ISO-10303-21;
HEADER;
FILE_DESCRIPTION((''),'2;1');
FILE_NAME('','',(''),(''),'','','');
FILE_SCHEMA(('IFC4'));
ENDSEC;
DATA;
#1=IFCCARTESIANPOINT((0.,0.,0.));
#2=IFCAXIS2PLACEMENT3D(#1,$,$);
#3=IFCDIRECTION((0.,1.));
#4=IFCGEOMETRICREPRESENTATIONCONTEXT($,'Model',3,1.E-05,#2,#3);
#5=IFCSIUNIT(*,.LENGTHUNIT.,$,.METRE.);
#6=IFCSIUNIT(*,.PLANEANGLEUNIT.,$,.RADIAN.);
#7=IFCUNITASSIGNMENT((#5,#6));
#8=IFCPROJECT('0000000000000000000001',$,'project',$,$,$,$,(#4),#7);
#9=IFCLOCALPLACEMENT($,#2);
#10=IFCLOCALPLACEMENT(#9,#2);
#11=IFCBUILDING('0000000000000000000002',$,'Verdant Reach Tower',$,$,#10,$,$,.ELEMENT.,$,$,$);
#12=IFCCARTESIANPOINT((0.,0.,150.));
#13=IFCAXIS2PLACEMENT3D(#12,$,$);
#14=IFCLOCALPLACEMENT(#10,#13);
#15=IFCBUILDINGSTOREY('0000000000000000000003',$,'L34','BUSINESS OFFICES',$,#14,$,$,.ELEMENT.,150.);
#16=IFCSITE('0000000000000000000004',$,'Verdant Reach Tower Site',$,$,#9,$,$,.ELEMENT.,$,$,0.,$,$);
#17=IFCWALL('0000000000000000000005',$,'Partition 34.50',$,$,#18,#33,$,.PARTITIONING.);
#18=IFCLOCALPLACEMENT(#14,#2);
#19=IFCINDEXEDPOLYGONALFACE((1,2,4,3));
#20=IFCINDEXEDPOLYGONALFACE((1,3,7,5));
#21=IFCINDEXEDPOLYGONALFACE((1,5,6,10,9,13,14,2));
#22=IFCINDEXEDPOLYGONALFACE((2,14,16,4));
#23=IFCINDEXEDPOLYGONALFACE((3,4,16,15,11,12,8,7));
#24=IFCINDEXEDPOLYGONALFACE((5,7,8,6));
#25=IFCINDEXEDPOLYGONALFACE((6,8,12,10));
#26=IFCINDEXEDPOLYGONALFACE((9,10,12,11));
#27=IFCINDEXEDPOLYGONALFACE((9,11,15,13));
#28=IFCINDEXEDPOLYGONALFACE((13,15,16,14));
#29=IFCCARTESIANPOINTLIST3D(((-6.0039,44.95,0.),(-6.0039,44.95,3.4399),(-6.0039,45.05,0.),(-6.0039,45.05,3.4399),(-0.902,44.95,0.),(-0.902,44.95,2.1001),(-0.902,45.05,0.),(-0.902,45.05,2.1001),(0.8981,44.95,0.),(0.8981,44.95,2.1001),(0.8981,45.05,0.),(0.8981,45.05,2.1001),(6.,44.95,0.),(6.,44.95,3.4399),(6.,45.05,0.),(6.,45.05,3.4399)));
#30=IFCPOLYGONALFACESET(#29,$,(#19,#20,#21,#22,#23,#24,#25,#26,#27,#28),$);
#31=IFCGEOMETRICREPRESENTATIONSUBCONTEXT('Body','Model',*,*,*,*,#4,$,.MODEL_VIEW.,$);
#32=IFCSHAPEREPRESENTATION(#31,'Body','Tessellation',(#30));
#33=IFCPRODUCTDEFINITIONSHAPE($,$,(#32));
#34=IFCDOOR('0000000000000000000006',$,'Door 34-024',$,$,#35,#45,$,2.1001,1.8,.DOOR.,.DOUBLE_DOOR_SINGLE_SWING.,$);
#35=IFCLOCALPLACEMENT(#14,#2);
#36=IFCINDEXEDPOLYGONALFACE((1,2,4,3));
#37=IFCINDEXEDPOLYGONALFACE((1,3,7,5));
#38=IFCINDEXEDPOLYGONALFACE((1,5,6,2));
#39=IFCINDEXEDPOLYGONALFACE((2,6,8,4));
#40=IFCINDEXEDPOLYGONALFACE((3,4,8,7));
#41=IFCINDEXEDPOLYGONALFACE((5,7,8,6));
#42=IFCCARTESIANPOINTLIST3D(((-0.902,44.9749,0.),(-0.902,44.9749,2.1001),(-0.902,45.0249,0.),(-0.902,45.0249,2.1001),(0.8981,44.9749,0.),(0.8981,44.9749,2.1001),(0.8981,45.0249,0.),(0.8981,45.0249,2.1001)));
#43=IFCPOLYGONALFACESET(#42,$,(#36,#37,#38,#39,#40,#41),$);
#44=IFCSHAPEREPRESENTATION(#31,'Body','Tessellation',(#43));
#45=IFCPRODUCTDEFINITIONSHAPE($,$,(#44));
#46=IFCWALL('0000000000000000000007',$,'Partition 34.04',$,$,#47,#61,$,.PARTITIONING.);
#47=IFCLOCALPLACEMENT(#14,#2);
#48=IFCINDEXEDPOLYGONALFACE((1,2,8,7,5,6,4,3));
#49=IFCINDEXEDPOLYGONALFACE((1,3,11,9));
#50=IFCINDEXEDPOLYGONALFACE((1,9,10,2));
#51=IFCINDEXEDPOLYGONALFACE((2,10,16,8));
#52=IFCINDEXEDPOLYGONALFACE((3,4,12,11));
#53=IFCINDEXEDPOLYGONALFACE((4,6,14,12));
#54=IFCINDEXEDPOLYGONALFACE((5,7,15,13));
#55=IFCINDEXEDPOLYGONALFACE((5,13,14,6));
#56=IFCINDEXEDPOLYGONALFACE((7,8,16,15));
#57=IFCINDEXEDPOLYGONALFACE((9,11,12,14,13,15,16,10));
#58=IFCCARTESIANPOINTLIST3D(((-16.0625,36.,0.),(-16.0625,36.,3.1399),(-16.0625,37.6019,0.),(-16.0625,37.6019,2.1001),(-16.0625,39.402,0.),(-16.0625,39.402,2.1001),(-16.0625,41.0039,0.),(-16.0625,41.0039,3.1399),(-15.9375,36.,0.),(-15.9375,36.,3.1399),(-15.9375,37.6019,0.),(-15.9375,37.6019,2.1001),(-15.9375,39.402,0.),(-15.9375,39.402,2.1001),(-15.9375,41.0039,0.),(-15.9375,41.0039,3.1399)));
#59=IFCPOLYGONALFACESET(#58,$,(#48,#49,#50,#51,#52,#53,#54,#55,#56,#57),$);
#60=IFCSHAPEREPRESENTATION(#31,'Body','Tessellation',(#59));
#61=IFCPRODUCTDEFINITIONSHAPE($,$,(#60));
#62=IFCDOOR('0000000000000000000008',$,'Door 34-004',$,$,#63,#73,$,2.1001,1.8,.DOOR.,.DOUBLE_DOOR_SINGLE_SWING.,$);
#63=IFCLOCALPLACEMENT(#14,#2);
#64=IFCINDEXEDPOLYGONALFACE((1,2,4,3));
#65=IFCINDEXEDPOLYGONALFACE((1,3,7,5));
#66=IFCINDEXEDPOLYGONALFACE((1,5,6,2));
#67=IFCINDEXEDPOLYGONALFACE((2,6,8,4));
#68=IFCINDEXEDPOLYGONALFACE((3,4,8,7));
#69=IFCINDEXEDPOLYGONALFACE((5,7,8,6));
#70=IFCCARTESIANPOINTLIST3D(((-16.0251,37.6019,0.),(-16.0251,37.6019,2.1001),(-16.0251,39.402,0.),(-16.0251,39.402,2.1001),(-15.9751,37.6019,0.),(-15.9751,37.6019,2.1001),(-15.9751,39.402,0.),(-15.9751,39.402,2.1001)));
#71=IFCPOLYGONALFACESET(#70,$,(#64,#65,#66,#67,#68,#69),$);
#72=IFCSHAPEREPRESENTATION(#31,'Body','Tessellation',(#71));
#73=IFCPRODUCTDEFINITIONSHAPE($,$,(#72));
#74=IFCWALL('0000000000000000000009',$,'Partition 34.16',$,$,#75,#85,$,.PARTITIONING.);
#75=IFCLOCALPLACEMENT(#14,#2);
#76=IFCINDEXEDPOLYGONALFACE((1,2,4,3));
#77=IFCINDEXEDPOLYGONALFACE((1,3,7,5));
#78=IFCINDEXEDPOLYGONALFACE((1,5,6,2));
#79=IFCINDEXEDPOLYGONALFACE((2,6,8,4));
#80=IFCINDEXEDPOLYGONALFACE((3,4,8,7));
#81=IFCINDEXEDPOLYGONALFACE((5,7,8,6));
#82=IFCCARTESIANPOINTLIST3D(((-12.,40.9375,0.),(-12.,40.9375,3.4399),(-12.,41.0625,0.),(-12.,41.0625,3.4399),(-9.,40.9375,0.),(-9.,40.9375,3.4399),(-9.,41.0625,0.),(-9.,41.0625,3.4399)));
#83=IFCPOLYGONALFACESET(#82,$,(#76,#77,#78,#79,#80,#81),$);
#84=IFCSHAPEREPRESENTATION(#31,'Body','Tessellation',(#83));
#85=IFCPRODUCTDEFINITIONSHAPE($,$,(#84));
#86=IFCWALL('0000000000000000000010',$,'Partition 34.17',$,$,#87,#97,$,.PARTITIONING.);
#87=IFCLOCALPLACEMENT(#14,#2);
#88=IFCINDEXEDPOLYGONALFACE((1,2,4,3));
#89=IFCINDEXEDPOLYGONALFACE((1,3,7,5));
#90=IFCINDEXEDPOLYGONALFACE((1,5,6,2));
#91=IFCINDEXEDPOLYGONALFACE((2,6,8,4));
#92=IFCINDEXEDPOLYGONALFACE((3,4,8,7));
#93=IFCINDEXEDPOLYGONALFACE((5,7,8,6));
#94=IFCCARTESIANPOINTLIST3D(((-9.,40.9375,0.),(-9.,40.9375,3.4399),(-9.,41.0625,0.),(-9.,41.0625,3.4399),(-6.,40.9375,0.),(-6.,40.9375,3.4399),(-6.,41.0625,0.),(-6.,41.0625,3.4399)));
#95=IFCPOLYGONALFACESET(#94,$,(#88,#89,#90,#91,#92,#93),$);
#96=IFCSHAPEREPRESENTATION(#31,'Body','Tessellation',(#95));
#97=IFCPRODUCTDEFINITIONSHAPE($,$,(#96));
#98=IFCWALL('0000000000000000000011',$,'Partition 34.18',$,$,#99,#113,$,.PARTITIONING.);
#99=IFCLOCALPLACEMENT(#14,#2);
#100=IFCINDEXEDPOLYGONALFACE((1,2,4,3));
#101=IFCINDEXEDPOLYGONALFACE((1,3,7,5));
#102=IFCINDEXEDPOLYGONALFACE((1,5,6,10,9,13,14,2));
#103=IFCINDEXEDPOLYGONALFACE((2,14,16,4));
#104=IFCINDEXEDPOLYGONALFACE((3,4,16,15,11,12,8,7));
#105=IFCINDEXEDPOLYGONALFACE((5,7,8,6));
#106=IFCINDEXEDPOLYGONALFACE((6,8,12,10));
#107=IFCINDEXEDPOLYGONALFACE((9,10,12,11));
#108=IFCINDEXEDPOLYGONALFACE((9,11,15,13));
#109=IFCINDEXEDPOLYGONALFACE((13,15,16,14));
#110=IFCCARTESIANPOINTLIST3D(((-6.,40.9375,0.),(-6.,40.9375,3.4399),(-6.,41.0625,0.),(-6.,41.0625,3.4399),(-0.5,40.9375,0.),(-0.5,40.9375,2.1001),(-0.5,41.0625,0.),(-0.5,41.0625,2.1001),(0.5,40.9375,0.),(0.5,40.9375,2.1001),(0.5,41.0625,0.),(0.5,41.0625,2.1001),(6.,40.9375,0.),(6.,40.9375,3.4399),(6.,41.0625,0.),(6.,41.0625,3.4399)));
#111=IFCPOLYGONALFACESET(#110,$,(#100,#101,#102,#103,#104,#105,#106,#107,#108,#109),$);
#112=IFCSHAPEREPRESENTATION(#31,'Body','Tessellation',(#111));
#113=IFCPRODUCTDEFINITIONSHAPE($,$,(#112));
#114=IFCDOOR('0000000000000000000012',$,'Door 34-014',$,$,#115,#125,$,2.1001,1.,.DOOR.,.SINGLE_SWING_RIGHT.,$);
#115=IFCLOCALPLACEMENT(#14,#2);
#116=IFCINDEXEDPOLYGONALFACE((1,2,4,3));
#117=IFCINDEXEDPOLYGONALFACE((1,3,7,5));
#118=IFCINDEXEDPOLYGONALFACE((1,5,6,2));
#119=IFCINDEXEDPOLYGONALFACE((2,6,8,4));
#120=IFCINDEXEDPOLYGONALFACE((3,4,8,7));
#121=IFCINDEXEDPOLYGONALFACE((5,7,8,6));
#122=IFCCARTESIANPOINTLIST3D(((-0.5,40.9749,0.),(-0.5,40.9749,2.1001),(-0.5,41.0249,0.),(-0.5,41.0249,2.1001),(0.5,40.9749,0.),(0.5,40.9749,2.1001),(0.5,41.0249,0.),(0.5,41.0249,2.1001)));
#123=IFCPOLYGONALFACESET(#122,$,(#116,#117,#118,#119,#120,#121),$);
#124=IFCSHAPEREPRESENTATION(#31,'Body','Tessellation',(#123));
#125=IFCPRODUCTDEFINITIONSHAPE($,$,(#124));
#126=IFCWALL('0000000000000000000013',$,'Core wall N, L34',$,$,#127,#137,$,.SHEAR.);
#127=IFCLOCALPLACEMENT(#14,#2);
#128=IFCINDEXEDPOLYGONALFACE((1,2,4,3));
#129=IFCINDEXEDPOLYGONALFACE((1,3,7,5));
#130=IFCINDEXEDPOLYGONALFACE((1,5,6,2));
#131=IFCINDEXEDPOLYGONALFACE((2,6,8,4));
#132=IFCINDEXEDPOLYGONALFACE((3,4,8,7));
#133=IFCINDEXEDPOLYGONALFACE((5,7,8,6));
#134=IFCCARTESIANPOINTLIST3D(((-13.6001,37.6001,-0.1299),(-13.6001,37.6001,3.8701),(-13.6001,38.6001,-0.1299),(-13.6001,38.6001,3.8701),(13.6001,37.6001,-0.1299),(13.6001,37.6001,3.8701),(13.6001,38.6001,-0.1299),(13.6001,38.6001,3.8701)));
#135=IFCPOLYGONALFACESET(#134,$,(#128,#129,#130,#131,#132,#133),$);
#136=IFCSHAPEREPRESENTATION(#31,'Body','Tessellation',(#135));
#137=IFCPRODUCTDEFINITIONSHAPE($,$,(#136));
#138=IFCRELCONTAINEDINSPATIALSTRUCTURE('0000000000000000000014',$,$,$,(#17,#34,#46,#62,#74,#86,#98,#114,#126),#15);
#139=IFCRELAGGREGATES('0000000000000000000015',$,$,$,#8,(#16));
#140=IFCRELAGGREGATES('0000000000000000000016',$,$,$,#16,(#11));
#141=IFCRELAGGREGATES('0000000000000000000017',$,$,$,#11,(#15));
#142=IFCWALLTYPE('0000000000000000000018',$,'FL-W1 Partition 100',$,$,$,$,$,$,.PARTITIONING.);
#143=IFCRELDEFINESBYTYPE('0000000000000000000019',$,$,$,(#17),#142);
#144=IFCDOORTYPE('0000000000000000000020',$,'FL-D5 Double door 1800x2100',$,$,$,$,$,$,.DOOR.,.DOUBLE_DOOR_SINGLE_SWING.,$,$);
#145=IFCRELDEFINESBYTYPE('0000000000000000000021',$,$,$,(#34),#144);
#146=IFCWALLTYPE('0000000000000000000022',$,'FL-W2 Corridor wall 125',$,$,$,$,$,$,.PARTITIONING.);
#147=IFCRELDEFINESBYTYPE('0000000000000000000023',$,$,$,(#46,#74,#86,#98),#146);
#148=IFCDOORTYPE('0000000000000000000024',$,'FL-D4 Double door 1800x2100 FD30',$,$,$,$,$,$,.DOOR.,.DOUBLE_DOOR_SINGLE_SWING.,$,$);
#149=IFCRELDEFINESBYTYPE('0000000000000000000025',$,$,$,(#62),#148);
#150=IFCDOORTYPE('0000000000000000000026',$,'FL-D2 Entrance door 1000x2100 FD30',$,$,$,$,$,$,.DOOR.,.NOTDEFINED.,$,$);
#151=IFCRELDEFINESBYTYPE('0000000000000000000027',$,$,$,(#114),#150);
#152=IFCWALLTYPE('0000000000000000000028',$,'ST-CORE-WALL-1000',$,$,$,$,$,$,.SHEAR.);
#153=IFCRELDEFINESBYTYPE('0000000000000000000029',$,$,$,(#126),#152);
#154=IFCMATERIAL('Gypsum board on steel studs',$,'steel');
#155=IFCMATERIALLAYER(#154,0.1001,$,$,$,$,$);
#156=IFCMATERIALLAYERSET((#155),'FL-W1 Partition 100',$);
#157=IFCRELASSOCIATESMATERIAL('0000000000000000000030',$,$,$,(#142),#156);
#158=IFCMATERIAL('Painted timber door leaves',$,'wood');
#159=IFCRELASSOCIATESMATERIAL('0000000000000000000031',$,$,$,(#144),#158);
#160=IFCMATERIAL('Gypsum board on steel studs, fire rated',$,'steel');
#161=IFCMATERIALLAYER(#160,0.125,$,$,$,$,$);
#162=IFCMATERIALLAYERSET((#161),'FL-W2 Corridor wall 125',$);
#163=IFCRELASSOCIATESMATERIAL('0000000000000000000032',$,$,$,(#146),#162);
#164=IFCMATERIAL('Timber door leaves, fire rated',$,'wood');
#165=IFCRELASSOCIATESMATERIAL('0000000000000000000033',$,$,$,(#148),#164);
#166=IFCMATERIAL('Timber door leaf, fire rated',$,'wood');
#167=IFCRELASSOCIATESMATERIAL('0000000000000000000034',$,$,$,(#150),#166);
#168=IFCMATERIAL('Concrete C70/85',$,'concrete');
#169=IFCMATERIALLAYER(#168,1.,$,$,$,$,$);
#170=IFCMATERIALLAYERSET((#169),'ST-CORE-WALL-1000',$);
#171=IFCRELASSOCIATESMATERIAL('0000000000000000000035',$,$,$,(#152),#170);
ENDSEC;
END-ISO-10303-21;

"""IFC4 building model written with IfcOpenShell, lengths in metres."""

from ifc_helpers import new_model, si_unit, direction, frame, frame_2d, origin, place, context, subcontext, project, spatial, rectangle, extrude, material, layer, layer_set, type_object, element, fill, save


model = new_model("IFC4")

# Units and contexts
model_context = context("Model", 3, precision=1e-05, world=origin(), true_north=direction((0.0, 1.0)))
body_context = subcontext(model_context, "Body", "Model", "MODEL_VIEW")
ifc_project = project(units=[si_unit("LENGTHUNIT", "METRE"), si_unit("PLANEANGLEUNIT", "RADIAN")], contexts=[model_context])

# Site, building, storey
site_placement = place(None, origin())
site = spatial("IfcSite", under=ifc_project, at=site_placement, Name="Verdant Reach Tower Site", CompositionType="ELEMENT", RefElevation=0.0)
building_placement = place(site_placement, origin())
building = spatial("IfcBuilding", under=site, at=building_placement, Name="Verdant Reach Tower", CompositionType="ELEMENT")
storey_placement = place(building_placement, frame((0.0, 0.0, 150.0)))
storey = spatial("IfcBuildingStorey", under=building, at=storey_placement, Name="L34", Description="BUSINESS OFFICES", CompositionType="ELEMENT", Elevation=150.0)

# Shared definitions
ifc_material_1 = material(Name="Gypsum board on steel studs", Category="steel")
ifc_layer_1 = layer(ifc_material_1, 0.1001)
ifc_layer_set_1 = layer_set([ifc_layer_1], Name="FL-W1 Partition 100")
wall_type_1 = type_object("IfcWallType", Name="FL-W1 Partition 100", PredefinedType="PARTITIONING", material=ifc_layer_set_1)

# Walls, openings, doors
wall_1_placement = place(storey_placement, frame((-6.0039, 45.0, 0.0), z_axis=(0.0, 0.0, 1.0), x_axis=(1.0, 0.0, 0.0)))
wall_1 = element("IfcWall", 1, at=wall_1_placement, inside=storey, type_object=wall_type_1, Name="Partition 34.50", PredefinedType="PARTITIONING", context=body_context, shape_type="SweptSolid", body=[
    extrude(rectangle(XDim=12.0039, YDim=0.1001, at=frame_2d((6.002, 0.0))), origin(), (0.0, 0.0, 1.0), 3.4399),
])
opening_1_placement = place(wall_1_placement, frame((5.1021, 0.0, 0.0)))
opening_1 = element("IfcOpeningElement", 2, at=opening_1_placement, cuts=wall_1, PredefinedType="OPENING", context=body_context, shape_type="SweptSolid", body=[
    extrude(rectangle(XDim=1.8, YDim=2.1001, at=frame_2d((0.8999, 1.05))), frame((0.0, 0.0601, 0.0), z_axis=(0.0, -1.0, 0.0), x_axis=(1.0, 0.0, 0.0)), (0.0, 0.0, 1.0), 0.1201),
])
ifc_material_2 = material(Name="Painted timber door leaves", Category="wood")
door_type_1 = type_object("IfcDoorType", Name="FL-D5 Double door 1800x2100", OperationType="DOUBLE_DOOR_SINGLE_SWING", PredefinedType="DOOR", material=ifc_material_2)
door_1_placement = place(opening_1_placement, origin())
door_1 = element("IfcDoor", 3, at=door_1_placement, inside=storey, type_object=door_type_1, Name="Door 34-024", OperationType="DOUBLE_DOOR_SINGLE_SWING", OverallHeight=2.1001, OverallWidth=1.8, PredefinedType="DOOR", context=body_context, shape_type="SweptSolid", body=[
    extrude(rectangle(XDim=1.8, YDim=2.1001, at=frame_2d((0.8999, 1.05))), frame((0.0, 0.0249, 0.0), z_axis=(0.0, -1.0, 0.0), x_axis=(1.0, 0.0, 0.0)), (0.0, 0.0, 1.0), 0.05),
])
fill(opening_1, door_1)
ifc_material_3 = material(Name="Gypsum board on steel studs, fire rated", Category="steel")
ifc_layer_2 = layer(ifc_material_3, 0.125)
ifc_layer_set_2 = layer_set([ifc_layer_2], Name="FL-W2 Corridor wall 125")
wall_type_2 = type_object("IfcWallType", Name="FL-W2 Corridor wall 125", PredefinedType="PARTITIONING", material=ifc_layer_set_2)
wall_2_placement = place(storey_placement, frame((-16.0, 41.0039, 0.0), z_axis=(0.0, 0.0, 1.0), x_axis=(0.0, -1.0, 0.0)))
wall_2 = element("IfcWall", 4, at=wall_2_placement, inside=storey, type_object=wall_type_2, Name="Partition 34.04", PredefinedType="PARTITIONING", context=body_context, shape_type="SweptSolid", body=[
    extrude(rectangle(XDim=5.0039, YDim=0.125, at=frame_2d((2.502, 0.0))), origin(), (0.0, 0.0, 1.0), 3.1399),
])
opening_2_placement = place(wall_2_placement, frame((1.6021, 0.0, 0.0)))
opening_2 = element("IfcOpeningElement", 5, at=opening_2_placement, cuts=wall_2, PredefinedType="OPENING", context=body_context, shape_type="SweptSolid", body=[
    extrude(rectangle(XDim=1.8, YDim=2.1001, at=frame_2d((0.8999, 1.05))), frame((0.0, 0.0725, 0.0), z_axis=(0.0, -1.0, 0.0), x_axis=(1.0, 0.0, 0.0)), (0.0, 0.0, 1.0), 0.145),
])
ifc_material_4 = material(Name="Timber door leaves, fire rated", Category="wood")
door_type_2 = type_object("IfcDoorType", Name="FL-D4 Double door 1800x2100 FD30", OperationType="DOUBLE_DOOR_SINGLE_SWING", PredefinedType="DOOR", material=ifc_material_4)
door_2_placement = place(opening_2_placement, origin())
door_2 = element("IfcDoor", 6, at=door_2_placement, inside=storey, type_object=door_type_2, Name="Door 34-004", OperationType="DOUBLE_DOOR_SINGLE_SWING", OverallHeight=2.1001, OverallWidth=1.8, PredefinedType="DOOR", context=body_context, shape_type="SweptSolid", body=[
    extrude(rectangle(XDim=1.8, YDim=2.1001, at=frame_2d((0.8999, 1.05))), frame((0.0, 0.0249, 0.0), z_axis=(0.0, -1.0, 0.0), x_axis=(1.0, 0.0, 0.0)), (0.0, 0.0, 1.0), 0.05),
])
fill(opening_2, door_2)

# Walls
for number, where, z_axis, x_axis, name in (
    (7, (-9.0, 41.0, 0.0), (0.0, 0.0, 1.0), (-1.0, 0.0, 0.0), "Partition 34.16"),
    (8, (-6.0, 41.0, 0.0), (0.0, 0.0, 1.0), (-1.0, 0.0, 0.0), "Partition 34.17"),
):
    element("IfcWall", number, at=place(storey_placement, frame(where, z_axis=z_axis, x_axis=x_axis)), inside=storey, type_object=wall_type_2, Name=name, PredefinedType="PARTITIONING", context=body_context, shape_type="SweptSolid", body=[
        extrude(rectangle(XDim=3.0, YDim=0.125, at=frame_2d((1.5, 0.0))), origin(), (0.0, 0.0, 1.0), 3.4399),
    ])

# Wall, opening, door
wall_3_placement = place(storey_placement, frame((-6.0, 41.0, 0.0), z_axis=(0.0, 0.0, 1.0), x_axis=(1.0, 0.0, 0.0)))
wall_3 = element("IfcWall", 9, at=wall_3_placement, inside=storey, type_object=wall_type_2, Name="Partition 34.18", PredefinedType="PARTITIONING", context=body_context, shape_type="SweptSolid", body=[
    extrude(rectangle(XDim=12.0, YDim=0.125, at=frame_2d((6.0, 0.0))), origin(), (0.0, 0.0, 1.0), 3.4399),
])
opening_3_placement = place(wall_3_placement, frame((5.5, 0.0, 0.0)))
opening_3 = element("IfcOpeningElement", 10, at=opening_3_placement, cuts=wall_3, PredefinedType="OPENING", context=body_context, shape_type="SweptSolid", body=[
    extrude(rectangle(XDim=1.0, YDim=2.1001, at=frame_2d((0.5, 1.05))), frame((0.0, 0.0725, 0.0), z_axis=(0.0, -1.0, 0.0), x_axis=(1.0, 0.0, 0.0)), (0.0, 0.0, 1.0), 0.145),
])
ifc_material_5 = material(Name="Timber door leaf, fire rated", Category="wood")
door_type_3 = type_object("IfcDoorType", Name="FL-D2 Entrance door 1000x2100 FD30", OperationType="NOTDEFINED", PredefinedType="DOOR", material=ifc_material_5)
door_3_placement = place(opening_3_placement, origin())
door_3 = element("IfcDoor", 11, at=door_3_placement, inside=storey, type_object=door_type_3, Name="Door 34-014", OperationType="SINGLE_SWING_RIGHT", OverallHeight=2.1001, OverallWidth=1.0, PredefinedType="DOOR", context=body_context, shape_type="SweptSolid", body=[
    extrude(rectangle(XDim=1.0, YDim=2.1001, at=frame_2d((0.5, 1.05))), frame((0.0, 0.0249, 0.0), z_axis=(0.0, -1.0, 0.0), x_axis=(1.0, 0.0, 0.0)), (0.0, 0.0, 1.0), 0.05),
])
fill(opening_3, door_3)

# Wall
ifc_material_6 = material(Name="Concrete C70/85", Category="concrete")
ifc_layer_3 = layer(ifc_material_6, 1.0)
ifc_layer_set_3 = layer_set([ifc_layer_3], Name="ST-CORE-WALL-1000")
wall_type_3 = type_object("IfcWallType", Name="ST-CORE-WALL-1000", PredefinedType="SHEAR", material=ifc_layer_set_3)
wall_4_placement = place(storey_placement, frame((-13.6001, 38.1001, -0.1299), z_axis=(0.0, 0.0, 1.0), x_axis=(1.0, 0.0, 0.0)))
element("IfcWall", 12, at=wall_4_placement, inside=storey, type_object=wall_type_3, Name="Core wall N, L34", PredefinedType="SHEAR", context=body_context, shape_type="SweptSolid", body=[
    extrude(rectangle(XDim=27.2002, YDim=1.0, at=frame_2d((13.6001, 0.0))), origin(), (0.0, 0.0, 1.0), 4.0),
])

save(model, "model.ifc")
